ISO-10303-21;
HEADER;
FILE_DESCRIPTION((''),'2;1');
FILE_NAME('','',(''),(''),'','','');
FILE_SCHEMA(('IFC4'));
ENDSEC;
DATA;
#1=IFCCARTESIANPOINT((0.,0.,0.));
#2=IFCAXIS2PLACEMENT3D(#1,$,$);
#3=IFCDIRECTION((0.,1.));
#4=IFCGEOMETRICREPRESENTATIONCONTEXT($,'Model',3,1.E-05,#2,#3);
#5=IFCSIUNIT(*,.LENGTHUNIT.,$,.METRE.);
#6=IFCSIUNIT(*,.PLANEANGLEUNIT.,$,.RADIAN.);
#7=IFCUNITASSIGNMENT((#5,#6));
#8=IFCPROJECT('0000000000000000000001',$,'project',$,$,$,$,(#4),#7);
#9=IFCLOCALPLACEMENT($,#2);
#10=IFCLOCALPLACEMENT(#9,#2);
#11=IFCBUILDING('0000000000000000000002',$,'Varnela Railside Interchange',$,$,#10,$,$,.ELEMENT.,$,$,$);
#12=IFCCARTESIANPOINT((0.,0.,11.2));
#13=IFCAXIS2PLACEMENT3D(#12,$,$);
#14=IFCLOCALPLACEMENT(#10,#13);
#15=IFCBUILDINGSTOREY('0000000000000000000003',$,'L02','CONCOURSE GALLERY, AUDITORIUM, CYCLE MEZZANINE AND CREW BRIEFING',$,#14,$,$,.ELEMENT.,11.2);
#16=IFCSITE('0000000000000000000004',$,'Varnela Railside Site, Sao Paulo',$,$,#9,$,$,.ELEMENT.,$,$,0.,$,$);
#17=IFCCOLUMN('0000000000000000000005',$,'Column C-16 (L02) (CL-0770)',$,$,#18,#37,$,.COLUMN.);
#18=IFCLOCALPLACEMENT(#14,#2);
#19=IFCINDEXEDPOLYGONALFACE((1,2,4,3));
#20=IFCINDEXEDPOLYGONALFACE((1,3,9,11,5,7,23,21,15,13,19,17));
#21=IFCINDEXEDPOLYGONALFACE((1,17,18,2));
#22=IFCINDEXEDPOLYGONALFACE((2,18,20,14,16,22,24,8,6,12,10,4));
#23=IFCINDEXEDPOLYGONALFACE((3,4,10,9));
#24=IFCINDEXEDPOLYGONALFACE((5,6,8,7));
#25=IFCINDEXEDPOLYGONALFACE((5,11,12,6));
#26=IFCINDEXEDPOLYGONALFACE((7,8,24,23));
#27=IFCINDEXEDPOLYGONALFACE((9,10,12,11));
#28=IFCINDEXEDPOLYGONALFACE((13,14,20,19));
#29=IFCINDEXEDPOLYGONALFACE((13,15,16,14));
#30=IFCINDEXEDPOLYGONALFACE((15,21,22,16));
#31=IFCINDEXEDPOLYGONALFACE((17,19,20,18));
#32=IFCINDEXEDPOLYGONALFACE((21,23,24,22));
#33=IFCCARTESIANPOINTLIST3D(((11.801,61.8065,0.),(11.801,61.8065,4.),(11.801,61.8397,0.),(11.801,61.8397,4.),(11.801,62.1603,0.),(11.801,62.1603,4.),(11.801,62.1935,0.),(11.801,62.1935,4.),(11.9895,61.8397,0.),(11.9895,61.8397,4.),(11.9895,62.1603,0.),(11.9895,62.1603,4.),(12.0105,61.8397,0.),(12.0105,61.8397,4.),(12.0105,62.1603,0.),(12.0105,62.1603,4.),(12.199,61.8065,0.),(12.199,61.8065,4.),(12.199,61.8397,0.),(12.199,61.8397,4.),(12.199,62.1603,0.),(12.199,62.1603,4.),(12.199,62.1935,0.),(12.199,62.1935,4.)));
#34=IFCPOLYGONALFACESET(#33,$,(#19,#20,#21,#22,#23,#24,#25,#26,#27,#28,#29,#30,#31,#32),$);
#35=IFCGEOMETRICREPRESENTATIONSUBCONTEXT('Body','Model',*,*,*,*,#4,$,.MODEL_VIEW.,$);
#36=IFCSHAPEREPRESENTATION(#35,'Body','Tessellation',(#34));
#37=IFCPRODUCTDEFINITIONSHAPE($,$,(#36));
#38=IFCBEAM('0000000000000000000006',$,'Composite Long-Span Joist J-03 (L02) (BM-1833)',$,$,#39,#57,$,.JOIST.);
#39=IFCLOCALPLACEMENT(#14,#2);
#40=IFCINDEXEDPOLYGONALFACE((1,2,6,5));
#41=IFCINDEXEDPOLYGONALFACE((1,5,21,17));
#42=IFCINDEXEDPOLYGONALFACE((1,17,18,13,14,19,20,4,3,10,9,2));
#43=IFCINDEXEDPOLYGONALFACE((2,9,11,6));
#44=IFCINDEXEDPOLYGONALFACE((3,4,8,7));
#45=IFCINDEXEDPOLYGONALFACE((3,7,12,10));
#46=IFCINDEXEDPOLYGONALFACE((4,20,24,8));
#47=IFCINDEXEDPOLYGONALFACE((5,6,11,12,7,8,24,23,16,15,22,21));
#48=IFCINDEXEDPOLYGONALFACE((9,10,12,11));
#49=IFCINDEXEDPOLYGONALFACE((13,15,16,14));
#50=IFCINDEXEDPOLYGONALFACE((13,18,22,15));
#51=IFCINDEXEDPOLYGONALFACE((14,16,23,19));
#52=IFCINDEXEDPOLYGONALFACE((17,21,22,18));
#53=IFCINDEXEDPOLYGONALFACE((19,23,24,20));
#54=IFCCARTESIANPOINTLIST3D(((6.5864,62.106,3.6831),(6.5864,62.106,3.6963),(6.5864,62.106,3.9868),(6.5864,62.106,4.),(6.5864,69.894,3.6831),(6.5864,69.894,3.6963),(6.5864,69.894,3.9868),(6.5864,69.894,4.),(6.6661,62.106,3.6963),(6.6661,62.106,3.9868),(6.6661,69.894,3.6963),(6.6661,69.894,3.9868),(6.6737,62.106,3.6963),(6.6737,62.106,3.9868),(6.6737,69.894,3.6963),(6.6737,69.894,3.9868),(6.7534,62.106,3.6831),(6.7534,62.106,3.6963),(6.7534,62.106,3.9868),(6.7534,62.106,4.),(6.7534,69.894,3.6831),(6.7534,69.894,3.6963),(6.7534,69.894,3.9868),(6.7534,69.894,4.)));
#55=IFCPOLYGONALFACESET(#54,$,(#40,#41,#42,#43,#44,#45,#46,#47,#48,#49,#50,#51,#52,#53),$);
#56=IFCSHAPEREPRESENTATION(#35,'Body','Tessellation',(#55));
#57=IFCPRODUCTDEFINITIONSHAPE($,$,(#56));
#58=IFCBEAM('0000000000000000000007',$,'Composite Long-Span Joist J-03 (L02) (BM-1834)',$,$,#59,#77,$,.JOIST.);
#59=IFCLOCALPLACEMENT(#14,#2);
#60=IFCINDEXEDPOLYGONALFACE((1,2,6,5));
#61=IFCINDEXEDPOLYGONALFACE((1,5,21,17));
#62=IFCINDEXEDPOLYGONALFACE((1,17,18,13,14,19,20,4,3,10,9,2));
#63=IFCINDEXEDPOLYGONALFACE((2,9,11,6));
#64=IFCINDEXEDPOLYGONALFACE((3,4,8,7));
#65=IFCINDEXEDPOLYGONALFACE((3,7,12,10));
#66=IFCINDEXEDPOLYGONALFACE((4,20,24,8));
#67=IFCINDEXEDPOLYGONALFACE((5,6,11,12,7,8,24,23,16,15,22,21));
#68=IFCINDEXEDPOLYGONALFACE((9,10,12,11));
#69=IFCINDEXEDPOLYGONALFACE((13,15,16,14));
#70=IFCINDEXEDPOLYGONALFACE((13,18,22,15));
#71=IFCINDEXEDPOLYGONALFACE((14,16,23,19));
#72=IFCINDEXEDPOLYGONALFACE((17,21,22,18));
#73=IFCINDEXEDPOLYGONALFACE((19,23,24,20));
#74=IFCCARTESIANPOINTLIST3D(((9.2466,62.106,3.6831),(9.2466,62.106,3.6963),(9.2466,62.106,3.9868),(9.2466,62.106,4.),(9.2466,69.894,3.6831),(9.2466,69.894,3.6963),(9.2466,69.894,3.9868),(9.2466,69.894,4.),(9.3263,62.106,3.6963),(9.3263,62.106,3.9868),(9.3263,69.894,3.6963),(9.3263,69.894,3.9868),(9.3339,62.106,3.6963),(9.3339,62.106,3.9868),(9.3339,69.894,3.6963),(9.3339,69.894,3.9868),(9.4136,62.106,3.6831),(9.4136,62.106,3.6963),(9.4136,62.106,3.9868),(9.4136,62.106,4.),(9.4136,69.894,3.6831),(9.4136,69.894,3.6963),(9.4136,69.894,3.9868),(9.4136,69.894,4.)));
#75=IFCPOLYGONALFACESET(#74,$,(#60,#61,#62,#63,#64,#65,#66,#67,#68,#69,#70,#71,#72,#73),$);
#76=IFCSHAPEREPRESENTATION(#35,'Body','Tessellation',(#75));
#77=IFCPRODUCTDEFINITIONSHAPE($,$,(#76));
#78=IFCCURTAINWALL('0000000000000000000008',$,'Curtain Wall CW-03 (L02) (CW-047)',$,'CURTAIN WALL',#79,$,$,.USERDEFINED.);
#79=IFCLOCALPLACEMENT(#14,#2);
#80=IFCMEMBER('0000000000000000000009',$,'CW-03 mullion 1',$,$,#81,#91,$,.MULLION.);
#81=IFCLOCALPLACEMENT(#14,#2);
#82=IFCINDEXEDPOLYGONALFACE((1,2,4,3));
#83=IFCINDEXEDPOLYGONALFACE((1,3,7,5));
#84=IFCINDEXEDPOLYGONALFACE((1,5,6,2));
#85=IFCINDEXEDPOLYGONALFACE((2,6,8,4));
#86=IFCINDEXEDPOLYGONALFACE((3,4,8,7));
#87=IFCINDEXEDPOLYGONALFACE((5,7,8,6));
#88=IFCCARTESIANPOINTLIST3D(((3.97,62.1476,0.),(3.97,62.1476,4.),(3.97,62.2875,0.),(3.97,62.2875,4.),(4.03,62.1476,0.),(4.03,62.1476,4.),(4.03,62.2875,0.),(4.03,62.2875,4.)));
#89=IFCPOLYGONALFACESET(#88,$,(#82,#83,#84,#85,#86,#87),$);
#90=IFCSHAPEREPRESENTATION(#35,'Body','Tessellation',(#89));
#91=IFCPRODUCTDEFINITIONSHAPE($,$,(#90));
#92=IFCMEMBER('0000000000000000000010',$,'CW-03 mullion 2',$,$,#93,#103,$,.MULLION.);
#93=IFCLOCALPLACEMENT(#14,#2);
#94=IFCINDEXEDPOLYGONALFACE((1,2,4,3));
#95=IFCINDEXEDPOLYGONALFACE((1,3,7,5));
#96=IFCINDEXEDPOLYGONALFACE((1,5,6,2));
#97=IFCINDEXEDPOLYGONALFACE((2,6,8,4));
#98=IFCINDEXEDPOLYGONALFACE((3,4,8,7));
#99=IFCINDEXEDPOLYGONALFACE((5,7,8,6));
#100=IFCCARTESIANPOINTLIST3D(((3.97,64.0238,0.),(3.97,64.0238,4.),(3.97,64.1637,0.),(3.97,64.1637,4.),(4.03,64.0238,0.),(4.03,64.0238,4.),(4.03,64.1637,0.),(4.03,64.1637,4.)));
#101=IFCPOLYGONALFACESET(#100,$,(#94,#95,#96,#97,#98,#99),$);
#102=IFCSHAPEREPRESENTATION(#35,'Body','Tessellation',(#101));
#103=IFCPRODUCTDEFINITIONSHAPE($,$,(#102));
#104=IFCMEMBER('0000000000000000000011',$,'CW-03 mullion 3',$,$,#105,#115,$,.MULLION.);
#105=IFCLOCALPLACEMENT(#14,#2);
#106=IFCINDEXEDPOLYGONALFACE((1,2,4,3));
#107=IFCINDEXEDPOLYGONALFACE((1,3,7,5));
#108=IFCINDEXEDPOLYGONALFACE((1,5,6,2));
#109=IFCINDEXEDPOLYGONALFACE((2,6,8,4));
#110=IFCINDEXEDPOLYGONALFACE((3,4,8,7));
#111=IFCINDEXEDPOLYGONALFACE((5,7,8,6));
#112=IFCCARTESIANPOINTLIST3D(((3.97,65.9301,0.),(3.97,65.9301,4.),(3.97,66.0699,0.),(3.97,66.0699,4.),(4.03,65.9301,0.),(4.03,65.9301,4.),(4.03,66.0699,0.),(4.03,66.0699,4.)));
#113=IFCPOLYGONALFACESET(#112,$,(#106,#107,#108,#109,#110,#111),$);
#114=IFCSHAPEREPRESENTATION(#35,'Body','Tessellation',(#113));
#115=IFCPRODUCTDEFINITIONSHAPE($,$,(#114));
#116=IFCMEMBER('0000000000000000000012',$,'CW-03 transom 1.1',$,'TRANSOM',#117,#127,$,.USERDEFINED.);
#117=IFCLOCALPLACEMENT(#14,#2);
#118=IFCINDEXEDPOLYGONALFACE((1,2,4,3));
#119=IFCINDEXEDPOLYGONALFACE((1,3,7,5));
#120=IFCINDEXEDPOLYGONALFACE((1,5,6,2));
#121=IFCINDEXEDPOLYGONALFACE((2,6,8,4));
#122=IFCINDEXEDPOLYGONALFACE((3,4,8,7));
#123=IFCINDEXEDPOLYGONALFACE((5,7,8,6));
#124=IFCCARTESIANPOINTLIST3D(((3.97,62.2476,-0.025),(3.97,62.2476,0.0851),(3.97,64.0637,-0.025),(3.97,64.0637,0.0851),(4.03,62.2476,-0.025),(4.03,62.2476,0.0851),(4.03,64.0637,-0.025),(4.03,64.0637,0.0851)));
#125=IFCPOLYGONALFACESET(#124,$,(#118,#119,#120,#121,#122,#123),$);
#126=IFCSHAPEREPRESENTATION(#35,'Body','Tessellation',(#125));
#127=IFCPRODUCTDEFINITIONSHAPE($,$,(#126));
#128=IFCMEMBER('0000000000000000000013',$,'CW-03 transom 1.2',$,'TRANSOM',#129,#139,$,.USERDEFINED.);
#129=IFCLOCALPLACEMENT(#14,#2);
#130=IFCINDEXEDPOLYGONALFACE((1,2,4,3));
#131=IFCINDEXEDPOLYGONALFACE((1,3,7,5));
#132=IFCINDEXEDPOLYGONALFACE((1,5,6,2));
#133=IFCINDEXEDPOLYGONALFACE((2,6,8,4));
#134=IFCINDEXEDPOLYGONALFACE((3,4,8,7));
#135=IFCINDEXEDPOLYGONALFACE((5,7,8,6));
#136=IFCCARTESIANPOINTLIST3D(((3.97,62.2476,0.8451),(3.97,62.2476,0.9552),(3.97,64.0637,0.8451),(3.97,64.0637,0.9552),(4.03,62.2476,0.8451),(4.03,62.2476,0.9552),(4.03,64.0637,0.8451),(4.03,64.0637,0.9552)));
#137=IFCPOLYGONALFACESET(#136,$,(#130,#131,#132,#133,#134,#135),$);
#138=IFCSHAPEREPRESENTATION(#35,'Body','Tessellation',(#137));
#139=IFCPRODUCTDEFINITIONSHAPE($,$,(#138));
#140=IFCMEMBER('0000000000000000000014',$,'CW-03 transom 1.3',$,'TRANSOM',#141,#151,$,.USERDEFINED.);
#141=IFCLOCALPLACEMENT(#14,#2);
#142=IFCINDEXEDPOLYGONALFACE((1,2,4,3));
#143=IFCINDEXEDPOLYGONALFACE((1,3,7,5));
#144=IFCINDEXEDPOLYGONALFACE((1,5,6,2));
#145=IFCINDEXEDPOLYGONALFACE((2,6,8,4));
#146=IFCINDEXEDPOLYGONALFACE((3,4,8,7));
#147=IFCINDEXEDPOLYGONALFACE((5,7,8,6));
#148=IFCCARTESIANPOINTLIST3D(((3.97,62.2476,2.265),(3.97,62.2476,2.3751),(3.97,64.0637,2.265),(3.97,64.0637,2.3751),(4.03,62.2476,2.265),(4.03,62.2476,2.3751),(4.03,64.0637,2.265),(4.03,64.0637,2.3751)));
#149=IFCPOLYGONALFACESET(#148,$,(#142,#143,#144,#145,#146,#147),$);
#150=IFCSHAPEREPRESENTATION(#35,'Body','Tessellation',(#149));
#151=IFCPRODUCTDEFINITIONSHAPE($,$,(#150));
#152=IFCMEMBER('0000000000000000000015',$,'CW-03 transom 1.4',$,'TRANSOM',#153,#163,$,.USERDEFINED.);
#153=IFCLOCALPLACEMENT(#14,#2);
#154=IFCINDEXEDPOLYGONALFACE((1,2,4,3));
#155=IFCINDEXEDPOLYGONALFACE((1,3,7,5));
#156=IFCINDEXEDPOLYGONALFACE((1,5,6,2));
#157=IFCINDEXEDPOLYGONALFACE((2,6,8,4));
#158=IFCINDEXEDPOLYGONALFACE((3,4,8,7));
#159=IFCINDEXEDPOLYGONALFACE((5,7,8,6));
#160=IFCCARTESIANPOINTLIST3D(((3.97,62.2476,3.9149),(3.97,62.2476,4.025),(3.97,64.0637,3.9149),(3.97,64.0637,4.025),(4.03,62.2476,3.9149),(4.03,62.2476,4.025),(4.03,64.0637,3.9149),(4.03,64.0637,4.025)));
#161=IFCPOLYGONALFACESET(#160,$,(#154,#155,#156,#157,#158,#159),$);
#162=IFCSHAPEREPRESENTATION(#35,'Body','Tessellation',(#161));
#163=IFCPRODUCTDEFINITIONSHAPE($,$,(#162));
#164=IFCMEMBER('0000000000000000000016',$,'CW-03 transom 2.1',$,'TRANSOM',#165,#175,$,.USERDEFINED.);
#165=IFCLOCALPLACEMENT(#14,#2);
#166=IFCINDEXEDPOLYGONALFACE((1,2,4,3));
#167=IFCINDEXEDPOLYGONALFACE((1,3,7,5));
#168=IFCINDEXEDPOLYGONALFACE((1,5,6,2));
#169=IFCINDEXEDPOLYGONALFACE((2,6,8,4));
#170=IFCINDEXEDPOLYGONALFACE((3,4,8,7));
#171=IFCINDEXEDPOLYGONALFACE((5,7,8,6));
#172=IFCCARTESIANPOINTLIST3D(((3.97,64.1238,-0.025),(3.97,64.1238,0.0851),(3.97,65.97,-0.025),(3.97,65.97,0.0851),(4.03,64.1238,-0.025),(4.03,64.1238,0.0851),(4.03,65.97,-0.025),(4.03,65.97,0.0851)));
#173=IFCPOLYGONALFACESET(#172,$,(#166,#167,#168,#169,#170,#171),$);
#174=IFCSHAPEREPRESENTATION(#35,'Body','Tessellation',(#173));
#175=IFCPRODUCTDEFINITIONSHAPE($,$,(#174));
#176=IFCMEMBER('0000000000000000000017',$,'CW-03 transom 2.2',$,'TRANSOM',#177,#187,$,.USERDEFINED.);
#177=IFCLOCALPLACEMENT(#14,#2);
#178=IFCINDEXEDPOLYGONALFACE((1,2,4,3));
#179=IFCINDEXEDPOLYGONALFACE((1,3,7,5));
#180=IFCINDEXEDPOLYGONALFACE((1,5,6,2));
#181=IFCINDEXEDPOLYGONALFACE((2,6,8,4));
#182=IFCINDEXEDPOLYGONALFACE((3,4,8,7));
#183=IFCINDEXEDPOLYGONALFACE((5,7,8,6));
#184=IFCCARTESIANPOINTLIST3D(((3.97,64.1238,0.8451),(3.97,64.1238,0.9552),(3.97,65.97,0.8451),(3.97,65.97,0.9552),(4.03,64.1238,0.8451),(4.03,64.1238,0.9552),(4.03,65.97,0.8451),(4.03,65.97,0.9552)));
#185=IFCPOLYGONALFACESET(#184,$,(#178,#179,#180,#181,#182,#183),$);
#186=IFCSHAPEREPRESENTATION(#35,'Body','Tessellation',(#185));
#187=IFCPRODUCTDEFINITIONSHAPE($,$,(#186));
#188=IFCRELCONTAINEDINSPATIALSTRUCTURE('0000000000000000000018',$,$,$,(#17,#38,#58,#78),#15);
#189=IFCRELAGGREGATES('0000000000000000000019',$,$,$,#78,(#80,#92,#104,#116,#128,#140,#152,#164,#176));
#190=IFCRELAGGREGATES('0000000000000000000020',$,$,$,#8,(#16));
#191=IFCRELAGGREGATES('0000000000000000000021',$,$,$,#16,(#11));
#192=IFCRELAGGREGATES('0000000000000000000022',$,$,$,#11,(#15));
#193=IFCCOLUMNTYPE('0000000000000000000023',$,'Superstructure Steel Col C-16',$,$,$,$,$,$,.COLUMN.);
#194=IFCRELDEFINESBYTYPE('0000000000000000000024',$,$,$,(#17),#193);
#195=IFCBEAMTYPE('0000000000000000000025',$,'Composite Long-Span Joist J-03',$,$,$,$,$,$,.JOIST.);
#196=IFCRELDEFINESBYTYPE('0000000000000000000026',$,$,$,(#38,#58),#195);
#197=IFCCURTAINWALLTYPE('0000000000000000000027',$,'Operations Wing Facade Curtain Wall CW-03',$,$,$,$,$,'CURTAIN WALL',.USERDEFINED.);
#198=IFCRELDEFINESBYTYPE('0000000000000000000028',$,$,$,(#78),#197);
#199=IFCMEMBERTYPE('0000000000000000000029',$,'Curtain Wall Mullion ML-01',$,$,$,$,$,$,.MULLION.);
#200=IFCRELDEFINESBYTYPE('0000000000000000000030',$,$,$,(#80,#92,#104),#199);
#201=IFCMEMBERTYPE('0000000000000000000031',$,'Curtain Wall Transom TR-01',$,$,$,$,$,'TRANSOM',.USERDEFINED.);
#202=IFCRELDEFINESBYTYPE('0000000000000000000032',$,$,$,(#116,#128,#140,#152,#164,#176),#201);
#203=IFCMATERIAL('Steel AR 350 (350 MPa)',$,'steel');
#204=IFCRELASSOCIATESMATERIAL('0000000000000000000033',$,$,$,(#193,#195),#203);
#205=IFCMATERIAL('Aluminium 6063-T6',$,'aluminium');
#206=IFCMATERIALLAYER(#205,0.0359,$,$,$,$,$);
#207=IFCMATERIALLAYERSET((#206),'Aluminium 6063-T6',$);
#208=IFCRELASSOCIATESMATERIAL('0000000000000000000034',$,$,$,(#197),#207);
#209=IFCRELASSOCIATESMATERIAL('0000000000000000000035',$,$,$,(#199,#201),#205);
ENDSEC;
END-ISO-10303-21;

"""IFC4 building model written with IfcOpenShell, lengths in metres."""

from ifc_helpers import new_model, si_unit, direction, frame, origin, origin_2d, place, context, subcontext, project, spatial, rectangle, i_section, extrude, material, layer, layer_set, material_profile, profile_set, type_object, element, aggregate, save


model = new_model("IFC4")

# Units and contexts
model_context = context("Model", 3, precision=1e-05, world=origin(), true_north=direction((0.0, 1.0)))
body_context = subcontext(model_context, "Body", "Model", "MODEL_VIEW")
ifc_project = project(units=[si_unit("LENGTHUNIT", "METRE"), si_unit("PLANEANGLEUNIT", "RADIAN")], contexts=[model_context])

# Site, building, storey
site_placement = place(None, origin())
site = spatial("IfcSite", under=ifc_project, at=site_placement, Name="Varnela Railside Site, Sao Paulo", CompositionType="ELEMENT", RefElevation=0.0)
building_placement = place(site_placement, origin())
building = spatial("IfcBuilding", under=site, at=building_placement, Name="Varnela Railside Interchange", CompositionType="ELEMENT")
storey_placement = place(building_placement, frame((0.0, 0.0, 11.2)))
storey = spatial("IfcBuildingStorey", under=building, at=storey_placement, Name="L02", Description="CONCOURSE GALLERY, AUDITORIUM, CYCLE MEZZANINE AND CREW BRIEFING", CompositionType="ELEMENT", Elevation=11.2)

# Column
ifc_material_1 = material(Name="Steel AR 350 (350 MPa)", Category="steel")
ifc_material_profile_1 = material_profile(ifc_material_1, i_section(OverallWidth=0.3979, OverallDepth=0.387, WebThickness=0.021, FlangeThickness=0.0332, at=origin_2d()), Name="W360x262")
ifc_profile_set_1 = profile_set([ifc_material_profile_1], Name="Steel AR 350 (350 MPa)")
column_type = type_object("IfcColumnType", Name="Superstructure Steel Col C-16", PredefinedType="COLUMN", material=ifc_profile_set_1)
column_placement = place(storey_placement, frame((12.0, 62.0, 0.0), z_axis=(0.0, 0.0, 1.0), x_axis=(1.0, 0.0, 0.0)))
element("IfcColumn", 1, at=column_placement, inside=storey, type_object=column_type, Name="Column C-16 (L02) (CL-0770)", PredefinedType="COLUMN", context=body_context, shape_type="SweptSolid", body=[
    extrude(i_section(OverallWidth=0.3979, OverallDepth=0.387, WebThickness=0.021, FlangeThickness=0.0332, at=origin_2d()), origin(), (0.0, 0.0, 1.0), 4.0),
])

# Beams
ifc_material_profile_2 = material_profile(ifc_material_1, i_section(OverallWidth=0.167, OverallDepth=0.3169, WebThickness=0.0076, FlangeThickness=0.0132, at=origin_2d()), Name="W310x52")
ifc_profile_set_2 = profile_set([ifc_material_profile_2], Name="Steel AR 350 (350 MPa)")
beam_type_1 = type_object("IfcBeamType", Name="Composite Long-Span Joist J-03", PredefinedType="JOIST", material=ifc_profile_set_2)
for number, where, z_axis, x_axis, name in (
    (2, (6.6699, 62.106, 3.8416), (0.0, 1.0, 0.0), (-1.0, 0.0, 0.0), "Composite Long-Span Joist J-03 (L02) (BM-1833)"),
    (3, (9.3301, 62.106, 3.8416), (0.0, 1.0, 0.0), (-1.0, 0.0, 0.0), "Composite Long-Span Joist J-03 (L02) (BM-1834)"),
):
    element("IfcBeam", number, at=place(storey_placement, frame(where, z_axis=z_axis, x_axis=x_axis)), inside=storey, type_object=beam_type_1, Name=name, PredefinedType="JOIST", context=body_context, shape_type="SweptSolid", body=[
        extrude(i_section(OverallWidth=0.167, OverallDepth=0.3169, WebThickness=0.0076, FlangeThickness=0.0132, at=origin_2d()), origin(), (0.0, 0.0, 1.0), 7.7881),
    ])

# Curtain wall, members
ifc_material_2 = material(Name="Aluminium 6063-T6", Category="aluminium")
ifc_layer_1 = layer(ifc_material_2, 0.0359)
ifc_layer_set_1 = layer_set([ifc_layer_1], Name="Aluminium 6063-T6")
curtain_wall_type = type_object("IfcCurtainWallType", Name="Operations Wing Facade Curtain Wall CW-03", ElementType="CURTAIN WALL", PredefinedType="USERDEFINED", material=ifc_layer_set_1)
curtain_wall_placement = place(storey_placement, origin())
curtain_wall = element("IfcCurtainWall", 4, at=curtain_wall_placement, inside=storey, type_object=curtain_wall_type, Name="Curtain Wall CW-03 (L02) (CW-047)", ObjectType="CURTAIN WALL", PredefinedType="USERDEFINED")
ifc_material_profile_3 = material_profile(ifc_material_2, rectangle(XDim=0.0601, YDim=0.1399, at=origin_2d()), Name="ALU 60x140")
ifc_profile_set_3 = profile_set([ifc_material_profile_3], Name="Aluminium 6063-T6")
member_type_1 = type_object("IfcMemberType", Name="Curtain Wall Mullion ML-01", PredefinedType="MULLION", material=ifc_profile_set_3)
member_1_placement = place(storey_placement, frame((4.0, 62.2175, 0.0), z_axis=(0.0, 0.0, 1.0), x_axis=(-1.0, 0.0, 0.0)))
member_1 = element("IfcMember", 5, at=member_1_placement, type_object=member_type_1, Name="CW-03 mullion 1", PredefinedType="MULLION", context=body_context, shape_type="SweptSolid", body=[
    extrude(rectangle(XDim=0.0601, YDim=0.1399, at=origin_2d()), origin(), (0.0, 0.0, 1.0), 4.0),
])
member_2_placement = place(storey_placement, frame((4.0, 64.0938, 0.0), z_axis=(0.0, 0.0, 1.0), x_axis=(-1.0, 0.0, 0.0)))
member_2 = element("IfcMember", 6, at=member_2_placement, type_object=member_type_1, Name="CW-03 mullion 2", PredefinedType="MULLION", context=body_context, shape_type="SweptSolid", body=[
    extrude(rectangle(XDim=0.0601, YDim=0.1399, at=origin_2d()), origin(), (0.0, 0.0, 1.0), 4.0),
])
member_3_placement = place(storey_placement, frame((4.0, 66.0, 0.0), z_axis=(0.0, 0.0, 1.0), x_axis=(-1.0, 0.0, 0.0)))
member_3 = element("IfcMember", 7, at=member_3_placement, type_object=member_type_1, Name="CW-03 mullion 3", PredefinedType="MULLION", context=body_context, shape_type="SweptSolid", body=[
    extrude(rectangle(XDim=0.0601, YDim=0.1399, at=origin_2d()), origin(), (0.0, 0.0, 1.0), 4.0),
])
ifc_material_profile_4 = material_profile(ifc_material_2, rectangle(XDim=0.0601, YDim=0.1101, at=origin_2d()), Name="ALU 60x110")
ifc_profile_set_4 = profile_set([ifc_material_profile_4], Name="Aluminium 6063-T6")
member_type_2 = type_object("IfcMemberType", Name="Curtain Wall Transom TR-01", ElementType="TRANSOM", PredefinedType="USERDEFINED", material=ifc_profile_set_4)
member_4_placement = place(storey_placement, frame((4.0, 62.2476, 0.03), z_axis=(0.0, 1.0, 0.0), x_axis=(-1.0, 0.0, 0.0)))
member_4 = element("IfcMember", 8, at=member_4_placement, type_object=member_type_2, Name="CW-03 transom 1.1", ObjectType="TRANSOM", PredefinedType="USERDEFINED", context=body_context, shape_type="SweptSolid", body=[
    extrude(rectangle(XDim=0.0601, YDim=0.1101, at=origin_2d()), origin(), (0.0, 0.0, 1.0), 1.8162),
])
member_5_placement = place(storey_placement, frame((4.0, 62.2476, 0.9001), z_axis=(0.0, 1.0, 0.0), x_axis=(-1.0, 0.0, 0.0)))
member_5 = element("IfcMember", 9, at=member_5_placement, type_object=member_type_2, Name="CW-03 transom 1.2", ObjectType="TRANSOM", PredefinedType="USERDEFINED", context=body_context, shape_type="SweptSolid", body=[
    extrude(rectangle(XDim=0.0601, YDim=0.1101, at=origin_2d()), origin(), (0.0, 0.0, 1.0), 1.8162),
])
member_6_placement = place(storey_placement, frame((4.0, 62.2476, 2.3201), z_axis=(0.0, 1.0, 0.0), x_axis=(-1.0, 0.0, 0.0)))
member_6 = element("IfcMember", 10, at=member_6_placement, type_object=member_type_2, Name="CW-03 transom 1.3", ObjectType="TRANSOM", PredefinedType="USERDEFINED", context=body_context, shape_type="SweptSolid", body=[
    extrude(rectangle(XDim=0.0601, YDim=0.1101, at=origin_2d()), origin(), (0.0, 0.0, 1.0), 1.8162),
])
member_7_placement = place(storey_placement, frame((4.0, 62.2476, 3.97), z_axis=(0.0, 1.0, 0.0), x_axis=(-1.0, 0.0, 0.0)))
member_7 = element("IfcMember", 11, at=member_7_placement, type_object=member_type_2, Name="CW-03 transom 1.4", ObjectType="TRANSOM", PredefinedType="USERDEFINED", context=body_context, shape_type="SweptSolid", body=[
    extrude(rectangle(XDim=0.0601, YDim=0.1101, at=origin_2d()), origin(), (0.0, 0.0, 1.0), 1.8162),
])
member_8_placement = place(storey_placement, frame((4.0, 64.1238, 0.03), z_axis=(0.0, 1.0, 0.0), x_axis=(-1.0, 0.0, 0.0)))
member_8 = element("IfcMember", 12, at=member_8_placement, type_object=member_type_2, Name="CW-03 transom 2.1", ObjectType="TRANSOM", PredefinedType="USERDEFINED", context=body_context, shape_type="SweptSolid", body=[
    extrude(rectangle(XDim=0.0601, YDim=0.1101, at=origin_2d()), origin(), (0.0, 0.0, 1.0), 1.8462),
])
member_9_placement = place(storey_placement, frame((4.0, 64.1238, 0.9001), z_axis=(0.0, 1.0, 0.0), x_axis=(-1.0, 0.0, 0.0)))
member_9 = element("IfcMember", 13, at=member_9_placement, type_object=member_type_2, Name="CW-03 transom 2.2", ObjectType="TRANSOM", PredefinedType="USERDEFINED", context=body_context, shape_type="SweptSolid", body=[
    extrude(rectangle(XDim=0.0601, YDim=0.1101, at=origin_2d()), origin(), (0.0, 0.0, 1.0), 1.8462),
])

aggregate(curtain_wall, [member_1, member_2, member_3, member_4, member_5, member_6, member_7, member_8, member_9])

save(model, "model.ifc")
